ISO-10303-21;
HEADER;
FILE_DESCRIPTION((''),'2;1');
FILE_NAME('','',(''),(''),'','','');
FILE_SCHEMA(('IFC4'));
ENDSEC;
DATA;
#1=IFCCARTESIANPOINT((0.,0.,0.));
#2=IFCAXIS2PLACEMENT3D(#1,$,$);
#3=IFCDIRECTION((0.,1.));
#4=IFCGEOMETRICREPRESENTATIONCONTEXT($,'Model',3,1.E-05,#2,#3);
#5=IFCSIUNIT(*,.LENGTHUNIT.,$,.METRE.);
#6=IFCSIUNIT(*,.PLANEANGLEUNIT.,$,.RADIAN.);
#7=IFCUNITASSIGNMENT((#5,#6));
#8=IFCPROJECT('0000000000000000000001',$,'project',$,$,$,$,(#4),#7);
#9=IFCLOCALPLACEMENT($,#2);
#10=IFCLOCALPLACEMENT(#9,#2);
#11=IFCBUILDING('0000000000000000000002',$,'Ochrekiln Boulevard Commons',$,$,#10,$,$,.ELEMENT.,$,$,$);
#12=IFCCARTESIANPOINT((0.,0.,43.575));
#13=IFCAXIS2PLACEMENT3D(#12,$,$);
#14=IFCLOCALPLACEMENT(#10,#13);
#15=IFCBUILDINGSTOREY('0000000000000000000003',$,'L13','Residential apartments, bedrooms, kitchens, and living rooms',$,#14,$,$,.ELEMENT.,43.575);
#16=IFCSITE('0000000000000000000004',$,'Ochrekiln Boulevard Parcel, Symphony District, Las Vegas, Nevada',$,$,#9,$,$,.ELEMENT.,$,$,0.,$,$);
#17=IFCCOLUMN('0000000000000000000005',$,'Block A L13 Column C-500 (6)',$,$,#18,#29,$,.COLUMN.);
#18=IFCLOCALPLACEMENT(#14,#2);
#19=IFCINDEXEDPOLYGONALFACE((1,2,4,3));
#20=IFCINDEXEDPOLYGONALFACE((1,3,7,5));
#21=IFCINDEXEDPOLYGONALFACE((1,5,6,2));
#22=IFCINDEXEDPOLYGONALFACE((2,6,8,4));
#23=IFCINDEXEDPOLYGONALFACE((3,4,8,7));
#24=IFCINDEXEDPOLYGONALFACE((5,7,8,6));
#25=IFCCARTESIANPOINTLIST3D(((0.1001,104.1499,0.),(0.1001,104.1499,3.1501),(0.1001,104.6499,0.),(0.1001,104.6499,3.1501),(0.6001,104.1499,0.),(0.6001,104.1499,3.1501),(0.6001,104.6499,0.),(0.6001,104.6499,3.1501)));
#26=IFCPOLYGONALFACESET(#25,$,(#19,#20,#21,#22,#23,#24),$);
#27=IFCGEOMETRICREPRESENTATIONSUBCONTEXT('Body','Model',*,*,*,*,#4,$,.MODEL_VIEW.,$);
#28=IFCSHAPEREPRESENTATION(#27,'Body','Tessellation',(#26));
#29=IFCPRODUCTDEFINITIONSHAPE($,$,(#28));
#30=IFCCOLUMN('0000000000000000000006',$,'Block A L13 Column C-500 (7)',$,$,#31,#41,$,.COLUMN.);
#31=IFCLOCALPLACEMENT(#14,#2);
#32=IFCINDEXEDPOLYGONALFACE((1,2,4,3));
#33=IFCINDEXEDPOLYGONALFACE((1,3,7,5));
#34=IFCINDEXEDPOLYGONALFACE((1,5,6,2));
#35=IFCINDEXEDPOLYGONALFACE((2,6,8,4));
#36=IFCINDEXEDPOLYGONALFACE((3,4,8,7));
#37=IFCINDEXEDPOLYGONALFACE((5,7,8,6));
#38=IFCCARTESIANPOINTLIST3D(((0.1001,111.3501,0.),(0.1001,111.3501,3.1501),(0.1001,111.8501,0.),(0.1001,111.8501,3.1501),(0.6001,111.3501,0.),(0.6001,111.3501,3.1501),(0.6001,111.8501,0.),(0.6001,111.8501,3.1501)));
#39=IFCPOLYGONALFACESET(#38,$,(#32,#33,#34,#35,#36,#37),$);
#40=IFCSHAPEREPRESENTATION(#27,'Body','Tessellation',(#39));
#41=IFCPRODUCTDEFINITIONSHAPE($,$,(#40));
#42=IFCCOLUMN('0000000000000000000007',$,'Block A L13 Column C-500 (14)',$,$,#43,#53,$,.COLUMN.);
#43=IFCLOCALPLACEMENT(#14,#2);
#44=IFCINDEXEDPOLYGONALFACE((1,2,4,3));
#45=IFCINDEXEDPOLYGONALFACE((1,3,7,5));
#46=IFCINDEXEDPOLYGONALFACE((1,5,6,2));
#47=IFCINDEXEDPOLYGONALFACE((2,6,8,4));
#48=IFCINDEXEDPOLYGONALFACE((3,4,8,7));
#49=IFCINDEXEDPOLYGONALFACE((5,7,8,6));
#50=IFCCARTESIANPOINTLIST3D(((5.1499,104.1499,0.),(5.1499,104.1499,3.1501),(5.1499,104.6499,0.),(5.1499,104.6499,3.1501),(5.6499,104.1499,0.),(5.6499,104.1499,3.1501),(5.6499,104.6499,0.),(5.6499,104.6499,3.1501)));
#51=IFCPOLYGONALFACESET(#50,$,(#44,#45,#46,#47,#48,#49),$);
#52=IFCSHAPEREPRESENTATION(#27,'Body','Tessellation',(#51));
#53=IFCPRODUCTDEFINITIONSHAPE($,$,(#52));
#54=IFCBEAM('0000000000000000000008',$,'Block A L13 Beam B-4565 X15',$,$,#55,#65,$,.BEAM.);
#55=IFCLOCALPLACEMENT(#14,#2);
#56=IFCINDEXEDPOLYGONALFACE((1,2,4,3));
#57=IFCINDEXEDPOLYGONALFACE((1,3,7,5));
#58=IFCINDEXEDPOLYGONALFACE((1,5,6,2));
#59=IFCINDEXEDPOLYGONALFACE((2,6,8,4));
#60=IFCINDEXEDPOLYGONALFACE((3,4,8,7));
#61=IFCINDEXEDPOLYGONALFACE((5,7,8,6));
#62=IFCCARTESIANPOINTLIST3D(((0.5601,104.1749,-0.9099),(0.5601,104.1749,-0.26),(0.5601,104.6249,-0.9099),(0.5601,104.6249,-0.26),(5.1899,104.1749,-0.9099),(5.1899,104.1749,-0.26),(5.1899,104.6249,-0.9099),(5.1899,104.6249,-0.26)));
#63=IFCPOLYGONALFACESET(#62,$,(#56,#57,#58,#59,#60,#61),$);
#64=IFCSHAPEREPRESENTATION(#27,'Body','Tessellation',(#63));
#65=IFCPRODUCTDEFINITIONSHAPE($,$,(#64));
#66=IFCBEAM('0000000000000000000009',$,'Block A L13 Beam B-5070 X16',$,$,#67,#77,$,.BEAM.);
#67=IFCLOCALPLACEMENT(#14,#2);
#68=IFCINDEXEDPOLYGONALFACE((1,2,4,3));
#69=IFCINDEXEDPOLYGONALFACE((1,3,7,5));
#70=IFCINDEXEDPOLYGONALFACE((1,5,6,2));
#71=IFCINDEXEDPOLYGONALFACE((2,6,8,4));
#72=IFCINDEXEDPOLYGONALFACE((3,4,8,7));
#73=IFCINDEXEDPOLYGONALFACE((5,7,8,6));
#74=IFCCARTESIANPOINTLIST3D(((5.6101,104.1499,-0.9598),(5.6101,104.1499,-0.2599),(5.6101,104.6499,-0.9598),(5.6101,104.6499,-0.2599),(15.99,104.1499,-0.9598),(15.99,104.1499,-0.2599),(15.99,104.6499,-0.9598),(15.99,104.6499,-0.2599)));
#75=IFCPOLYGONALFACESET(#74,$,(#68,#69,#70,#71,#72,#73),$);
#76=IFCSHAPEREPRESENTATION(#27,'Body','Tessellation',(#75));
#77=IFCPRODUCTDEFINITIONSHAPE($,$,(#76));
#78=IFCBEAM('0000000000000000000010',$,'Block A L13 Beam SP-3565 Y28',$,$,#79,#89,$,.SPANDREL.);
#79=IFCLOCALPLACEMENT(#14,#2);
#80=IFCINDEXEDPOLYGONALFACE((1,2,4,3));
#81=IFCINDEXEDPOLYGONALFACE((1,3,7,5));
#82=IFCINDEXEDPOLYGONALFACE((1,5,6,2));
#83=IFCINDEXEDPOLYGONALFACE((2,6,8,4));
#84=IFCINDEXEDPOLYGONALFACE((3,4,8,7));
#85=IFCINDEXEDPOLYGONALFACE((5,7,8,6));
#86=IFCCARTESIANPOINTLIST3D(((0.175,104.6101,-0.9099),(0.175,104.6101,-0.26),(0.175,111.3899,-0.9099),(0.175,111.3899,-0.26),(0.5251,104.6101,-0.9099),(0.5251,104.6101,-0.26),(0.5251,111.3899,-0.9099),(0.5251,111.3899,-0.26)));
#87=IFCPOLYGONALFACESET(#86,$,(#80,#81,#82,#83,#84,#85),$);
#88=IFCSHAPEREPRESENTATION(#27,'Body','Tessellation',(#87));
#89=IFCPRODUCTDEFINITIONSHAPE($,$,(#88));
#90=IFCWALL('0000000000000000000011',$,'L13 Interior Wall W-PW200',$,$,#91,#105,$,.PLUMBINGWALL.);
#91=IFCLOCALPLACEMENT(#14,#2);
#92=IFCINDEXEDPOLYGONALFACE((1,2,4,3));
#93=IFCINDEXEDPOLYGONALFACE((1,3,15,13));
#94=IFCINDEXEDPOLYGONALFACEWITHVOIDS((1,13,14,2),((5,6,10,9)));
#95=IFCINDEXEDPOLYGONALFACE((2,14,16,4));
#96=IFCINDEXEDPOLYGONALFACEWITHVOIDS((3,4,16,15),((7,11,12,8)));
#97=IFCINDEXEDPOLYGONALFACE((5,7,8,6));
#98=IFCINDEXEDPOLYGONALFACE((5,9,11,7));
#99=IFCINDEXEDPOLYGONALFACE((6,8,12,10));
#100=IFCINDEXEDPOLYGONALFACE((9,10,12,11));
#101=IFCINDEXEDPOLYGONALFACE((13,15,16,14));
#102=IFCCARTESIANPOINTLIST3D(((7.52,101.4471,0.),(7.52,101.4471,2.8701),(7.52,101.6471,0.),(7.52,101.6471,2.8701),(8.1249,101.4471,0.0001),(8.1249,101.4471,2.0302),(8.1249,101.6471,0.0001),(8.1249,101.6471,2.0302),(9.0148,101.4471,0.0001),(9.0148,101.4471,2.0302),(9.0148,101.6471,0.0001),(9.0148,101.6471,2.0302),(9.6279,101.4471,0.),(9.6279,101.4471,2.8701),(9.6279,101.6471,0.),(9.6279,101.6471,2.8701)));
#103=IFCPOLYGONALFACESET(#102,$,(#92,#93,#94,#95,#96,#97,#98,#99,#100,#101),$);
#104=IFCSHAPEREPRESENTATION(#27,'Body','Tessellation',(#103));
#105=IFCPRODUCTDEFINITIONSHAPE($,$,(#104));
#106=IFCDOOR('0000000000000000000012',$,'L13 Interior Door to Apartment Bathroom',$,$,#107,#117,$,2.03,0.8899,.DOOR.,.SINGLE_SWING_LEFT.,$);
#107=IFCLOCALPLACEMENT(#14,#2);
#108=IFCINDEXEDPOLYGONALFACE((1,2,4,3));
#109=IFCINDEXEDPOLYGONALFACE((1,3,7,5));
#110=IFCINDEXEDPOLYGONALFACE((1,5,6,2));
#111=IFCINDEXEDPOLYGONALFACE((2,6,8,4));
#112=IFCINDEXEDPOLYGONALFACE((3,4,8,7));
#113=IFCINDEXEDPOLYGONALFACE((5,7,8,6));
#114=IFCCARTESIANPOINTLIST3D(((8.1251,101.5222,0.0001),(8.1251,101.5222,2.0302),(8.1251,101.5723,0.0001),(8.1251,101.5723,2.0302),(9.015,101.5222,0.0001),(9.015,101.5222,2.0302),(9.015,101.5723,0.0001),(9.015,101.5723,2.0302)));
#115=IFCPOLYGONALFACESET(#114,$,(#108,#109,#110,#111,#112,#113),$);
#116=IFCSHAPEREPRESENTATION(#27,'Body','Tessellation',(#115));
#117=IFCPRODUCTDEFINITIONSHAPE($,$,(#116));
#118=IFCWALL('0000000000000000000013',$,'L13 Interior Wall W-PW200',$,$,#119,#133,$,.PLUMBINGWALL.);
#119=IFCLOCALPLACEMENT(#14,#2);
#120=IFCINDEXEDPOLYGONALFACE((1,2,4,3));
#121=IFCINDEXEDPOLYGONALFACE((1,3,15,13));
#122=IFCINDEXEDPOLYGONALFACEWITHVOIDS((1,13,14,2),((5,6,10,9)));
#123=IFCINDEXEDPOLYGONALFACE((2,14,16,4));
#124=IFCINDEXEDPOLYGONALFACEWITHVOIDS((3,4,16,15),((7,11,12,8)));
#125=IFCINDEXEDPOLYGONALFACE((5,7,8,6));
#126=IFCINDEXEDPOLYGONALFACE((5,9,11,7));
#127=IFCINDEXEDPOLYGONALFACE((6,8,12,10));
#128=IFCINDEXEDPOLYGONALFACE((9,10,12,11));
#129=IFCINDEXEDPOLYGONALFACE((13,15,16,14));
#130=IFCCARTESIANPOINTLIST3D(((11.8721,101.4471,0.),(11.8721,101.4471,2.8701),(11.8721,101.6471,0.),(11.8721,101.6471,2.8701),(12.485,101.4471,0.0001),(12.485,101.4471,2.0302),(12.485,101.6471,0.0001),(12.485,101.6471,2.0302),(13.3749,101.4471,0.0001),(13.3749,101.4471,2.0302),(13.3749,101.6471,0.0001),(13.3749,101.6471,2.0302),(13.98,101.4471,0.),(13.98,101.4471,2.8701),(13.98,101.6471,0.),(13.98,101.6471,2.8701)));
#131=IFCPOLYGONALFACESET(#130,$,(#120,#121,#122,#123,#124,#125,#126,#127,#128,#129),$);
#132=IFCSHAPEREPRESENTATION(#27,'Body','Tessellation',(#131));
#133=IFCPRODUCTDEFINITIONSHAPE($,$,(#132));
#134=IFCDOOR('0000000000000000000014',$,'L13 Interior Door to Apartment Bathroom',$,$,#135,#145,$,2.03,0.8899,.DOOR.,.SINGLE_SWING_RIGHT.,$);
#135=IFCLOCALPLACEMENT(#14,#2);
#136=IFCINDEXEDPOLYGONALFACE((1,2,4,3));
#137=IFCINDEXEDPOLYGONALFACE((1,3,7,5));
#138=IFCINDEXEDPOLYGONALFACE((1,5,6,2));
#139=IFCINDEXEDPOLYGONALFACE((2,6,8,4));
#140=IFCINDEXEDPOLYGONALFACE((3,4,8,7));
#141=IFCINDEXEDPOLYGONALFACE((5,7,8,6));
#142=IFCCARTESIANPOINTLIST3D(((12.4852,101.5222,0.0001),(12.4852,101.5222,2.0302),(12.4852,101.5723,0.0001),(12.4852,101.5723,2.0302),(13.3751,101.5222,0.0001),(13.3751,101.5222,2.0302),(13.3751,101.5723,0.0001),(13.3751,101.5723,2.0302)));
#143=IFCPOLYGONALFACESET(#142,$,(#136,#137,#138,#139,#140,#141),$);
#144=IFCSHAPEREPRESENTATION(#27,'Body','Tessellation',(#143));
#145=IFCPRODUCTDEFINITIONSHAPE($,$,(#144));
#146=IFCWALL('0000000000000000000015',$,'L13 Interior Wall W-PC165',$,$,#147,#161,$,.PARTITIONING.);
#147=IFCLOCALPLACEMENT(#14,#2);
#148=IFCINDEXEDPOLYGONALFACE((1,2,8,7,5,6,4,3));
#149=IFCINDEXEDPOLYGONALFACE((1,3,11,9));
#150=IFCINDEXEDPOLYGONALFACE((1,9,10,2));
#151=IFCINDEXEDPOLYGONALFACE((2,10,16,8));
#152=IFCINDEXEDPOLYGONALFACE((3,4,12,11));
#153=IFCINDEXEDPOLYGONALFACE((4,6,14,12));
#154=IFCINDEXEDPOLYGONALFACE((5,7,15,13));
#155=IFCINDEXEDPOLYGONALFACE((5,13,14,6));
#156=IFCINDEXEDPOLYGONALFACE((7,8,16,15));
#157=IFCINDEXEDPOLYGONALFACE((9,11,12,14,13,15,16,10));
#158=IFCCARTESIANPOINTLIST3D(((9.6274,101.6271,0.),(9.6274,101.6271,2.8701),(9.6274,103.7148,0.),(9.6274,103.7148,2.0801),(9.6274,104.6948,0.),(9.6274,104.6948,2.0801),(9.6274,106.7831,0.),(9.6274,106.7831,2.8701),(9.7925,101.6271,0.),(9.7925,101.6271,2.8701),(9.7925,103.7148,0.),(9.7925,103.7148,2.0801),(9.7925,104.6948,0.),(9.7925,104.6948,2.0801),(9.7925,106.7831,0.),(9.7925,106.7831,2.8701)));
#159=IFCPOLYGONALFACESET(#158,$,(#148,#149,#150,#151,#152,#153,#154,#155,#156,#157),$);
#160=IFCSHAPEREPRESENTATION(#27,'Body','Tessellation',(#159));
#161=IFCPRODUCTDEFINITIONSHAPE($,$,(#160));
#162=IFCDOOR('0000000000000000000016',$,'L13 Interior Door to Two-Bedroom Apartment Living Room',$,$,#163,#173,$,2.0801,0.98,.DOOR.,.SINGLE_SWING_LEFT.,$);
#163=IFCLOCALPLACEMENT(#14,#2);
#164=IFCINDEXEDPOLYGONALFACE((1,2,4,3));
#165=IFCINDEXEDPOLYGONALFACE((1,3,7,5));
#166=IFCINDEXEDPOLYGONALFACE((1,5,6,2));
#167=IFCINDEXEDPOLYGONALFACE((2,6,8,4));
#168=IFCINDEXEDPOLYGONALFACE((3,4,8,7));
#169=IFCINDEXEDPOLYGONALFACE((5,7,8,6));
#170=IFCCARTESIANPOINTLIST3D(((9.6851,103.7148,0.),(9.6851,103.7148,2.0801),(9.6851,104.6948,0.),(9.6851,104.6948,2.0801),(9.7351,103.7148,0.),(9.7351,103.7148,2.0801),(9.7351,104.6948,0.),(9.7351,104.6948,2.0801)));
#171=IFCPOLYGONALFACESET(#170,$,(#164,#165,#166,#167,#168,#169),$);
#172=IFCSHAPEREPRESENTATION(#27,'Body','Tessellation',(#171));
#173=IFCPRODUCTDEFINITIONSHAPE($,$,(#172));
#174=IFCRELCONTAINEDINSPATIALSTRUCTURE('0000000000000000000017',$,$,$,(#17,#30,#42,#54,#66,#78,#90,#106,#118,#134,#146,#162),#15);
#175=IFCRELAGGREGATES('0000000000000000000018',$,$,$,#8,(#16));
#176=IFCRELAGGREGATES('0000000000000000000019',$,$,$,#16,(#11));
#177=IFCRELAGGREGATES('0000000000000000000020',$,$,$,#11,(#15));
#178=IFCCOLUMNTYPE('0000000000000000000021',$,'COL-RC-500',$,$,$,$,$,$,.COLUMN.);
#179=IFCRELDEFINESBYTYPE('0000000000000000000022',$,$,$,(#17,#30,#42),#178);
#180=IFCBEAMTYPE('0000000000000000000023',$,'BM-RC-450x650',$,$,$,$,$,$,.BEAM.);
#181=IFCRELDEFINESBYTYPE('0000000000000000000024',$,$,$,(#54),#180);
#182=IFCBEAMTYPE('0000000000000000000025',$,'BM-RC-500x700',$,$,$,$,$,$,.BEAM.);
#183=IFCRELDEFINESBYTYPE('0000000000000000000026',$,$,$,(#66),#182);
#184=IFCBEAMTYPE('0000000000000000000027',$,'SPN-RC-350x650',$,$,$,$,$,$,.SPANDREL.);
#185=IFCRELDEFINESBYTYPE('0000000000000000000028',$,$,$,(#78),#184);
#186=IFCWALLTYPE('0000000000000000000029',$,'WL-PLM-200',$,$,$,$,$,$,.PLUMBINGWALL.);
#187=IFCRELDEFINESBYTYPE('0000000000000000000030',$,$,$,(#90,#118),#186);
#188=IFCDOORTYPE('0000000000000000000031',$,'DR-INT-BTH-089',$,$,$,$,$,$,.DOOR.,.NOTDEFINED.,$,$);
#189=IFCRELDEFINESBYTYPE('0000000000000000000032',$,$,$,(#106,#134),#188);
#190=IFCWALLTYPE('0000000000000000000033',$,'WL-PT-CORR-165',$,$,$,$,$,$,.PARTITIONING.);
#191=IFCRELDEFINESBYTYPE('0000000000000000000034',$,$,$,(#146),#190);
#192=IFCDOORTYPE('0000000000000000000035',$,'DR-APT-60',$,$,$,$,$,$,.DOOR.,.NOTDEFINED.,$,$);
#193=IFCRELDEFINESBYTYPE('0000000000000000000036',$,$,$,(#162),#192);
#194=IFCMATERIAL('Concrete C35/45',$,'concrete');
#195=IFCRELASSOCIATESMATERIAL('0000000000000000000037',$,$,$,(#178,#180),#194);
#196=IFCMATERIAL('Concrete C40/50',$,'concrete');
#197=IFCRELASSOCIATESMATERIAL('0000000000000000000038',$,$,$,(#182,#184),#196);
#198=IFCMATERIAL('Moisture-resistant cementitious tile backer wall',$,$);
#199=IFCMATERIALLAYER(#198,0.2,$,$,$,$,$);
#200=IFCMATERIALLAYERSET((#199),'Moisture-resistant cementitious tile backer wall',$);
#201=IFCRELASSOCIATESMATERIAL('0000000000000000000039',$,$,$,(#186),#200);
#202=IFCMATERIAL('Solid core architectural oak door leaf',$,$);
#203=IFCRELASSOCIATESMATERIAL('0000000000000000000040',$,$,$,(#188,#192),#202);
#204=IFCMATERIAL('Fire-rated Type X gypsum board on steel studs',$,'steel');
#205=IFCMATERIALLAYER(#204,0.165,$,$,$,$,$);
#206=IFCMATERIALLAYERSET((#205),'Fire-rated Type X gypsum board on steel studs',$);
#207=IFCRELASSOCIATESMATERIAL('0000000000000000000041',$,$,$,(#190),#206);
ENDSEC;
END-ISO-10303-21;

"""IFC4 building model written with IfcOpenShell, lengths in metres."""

from ifc_helpers import new_model, si_unit, direction, frame, frame_2d, origin, origin_2d, place, context, subcontext, project, spatial, rectangle, extrude, material, layer, layer_set, material_profile, profile_set, type_object, element, fill, save


model = new_model("IFC4")

# Units and contexts
model_context = context("Model", 3, precision=1e-05, world=origin(), true_north=direction((0.0, 1.0)))
body_context = subcontext(model_context, "Body", "Model", "MODEL_VIEW")
ifc_project = project(units=[si_unit("LENGTHUNIT", "METRE"), si_unit("PLANEANGLEUNIT", "RADIAN")], contexts=[model_context])

# Site, building, storey
site_placement = place(None, origin())
site = spatial("IfcSite", under=ifc_project, at=site_placement, Name="Ochrekiln Boulevard Parcel, Symphony District, Las Vegas, Nevada", CompositionType="ELEMENT", RefElevation=0.0)
building_placement = place(site_placement, origin())
building = spatial("IfcBuilding", under=site, at=building_placement, Name="Ochrekiln Boulevard Commons", CompositionType="ELEMENT")
storey_placement = place(building_placement, frame((0.0, 0.0, 43.575)))
storey = spatial("IfcBuildingStorey", under=building, at=storey_placement, Name="L13", Description="Residential apartments, bedrooms, kitchens, and living rooms", CompositionType="ELEMENT", Elevation=43.575)

# Columns
ifc_material_1 = material(Name="Concrete C35/45", Category="concrete")
ifc_material_profile_1 = material_profile(ifc_material_1, rectangle(XDim=0.5, YDim=0.5, at=origin_2d()), Name="RC-COL-500x500")
ifc_profile_set_1 = profile_set([ifc_material_profile_1], Name="Concrete C35/45")
column_type = type_object("IfcColumnType", Name="COL-RC-500", PredefinedType="COLUMN", material=ifc_profile_set_1)
for number, where, z_axis, x_axis, name in (
    (1, (0.3501, 104.3999, 0.0), (0.0, 0.0, 1.0), (1.0, 0.0, 0.0), "Block A L13 Column C-500 (6)"),
    (2, (0.3501, 111.6001, 0.0), (0.0, 0.0, 1.0), (1.0, 0.0, 0.0), "Block A L13 Column C-500 (7)"),
    (3, (5.3999, 104.3999, 0.0), (0.0, 0.0, 1.0), (1.0, 0.0, 0.0), "Block A L13 Column C-500 (14)"),
):
    element("IfcColumn", number, at=place(storey_placement, frame(where, z_axis=z_axis, x_axis=x_axis)), inside=storey, type_object=column_type, Name=name, PredefinedType="COLUMN", context=body_context, shape_type="SweptSolid", body=[
        extrude(rectangle(XDim=0.5, YDim=0.5, at=origin_2d()), origin(), (0.0, 0.0, 1.0), 3.1501),
    ])

# Beams
ifc_material_profile_2 = material_profile(ifc_material_1, rectangle(XDim=0.45, YDim=0.6499, at=origin_2d()), Name="RC-BM-450x650")
ifc_profile_set_2 = profile_set([ifc_material_profile_2], Name="Concrete C35/45")
beam_type_1 = type_object("IfcBeamType", Name="BM-RC-450x650", PredefinedType="BEAM", material=ifc_profile_set_2)
beam_1_placement = place(storey_placement, frame((0.5601, 104.3999, -0.585), z_axis=(1.0, 0.0, 0.0), x_axis=(0.0, 1.0, 0.0)))
element("IfcBeam", 4, at=beam_1_placement, inside=storey, type_object=beam_type_1, Name="Block A L13 Beam B-4565 X15", PredefinedType="BEAM", context=body_context, shape_type="SweptSolid", body=[
    extrude(rectangle(XDim=0.45, YDim=0.6499, at=origin_2d()), origin(), (0.0, 0.0, 1.0), 4.6299),
])
ifc_material_2 = material(Name="Concrete C40/50", Category="concrete")
ifc_material_profile_3 = material_profile(ifc_material_2, rectangle(XDim=0.5, YDim=0.7, at=origin_2d()), Name="RC-BM-500x700")
ifc_profile_set_3 = profile_set([ifc_material_profile_3], Name="Concrete C40/50")
beam_type_2 = type_object("IfcBeamType", Name="BM-RC-500x700", PredefinedType="BEAM", material=ifc_profile_set_3)
beam_2_placement = place(storey_placement, frame((5.6101, 104.3999, -0.6099), z_axis=(1.0, 0.0, 0.0), x_axis=(0.0, 1.0, 0.0)))
element("IfcBeam", 5, at=beam_2_placement, inside=storey, type_object=beam_type_2, Name="Block A L13 Beam B-5070 X16", PredefinedType="BEAM", context=body_context, shape_type="SweptSolid", body=[
    extrude(rectangle(XDim=0.5, YDim=0.7, at=origin_2d()), origin(), (0.0, 0.0, 1.0), 10.3799),
])
ifc_material_profile_4 = material_profile(ifc_material_2, rectangle(XDim=0.3501, YDim=0.6499, at=origin_2d()), Name="RC-SPN-350x650")
ifc_profile_set_4 = profile_set([ifc_material_profile_4], Name="Concrete C40/50")
beam_type_3 = type_object("IfcBeamType", Name="SPN-RC-350x650", PredefinedType="SPANDREL", material=ifc_profile_set_4)
beam_3_placement = place(storey_placement, frame((0.3501, 104.6101, -0.585), z_axis=(0.0, 1.0, 0.0), x_axis=(-1.0, 0.0, 0.0)))
element("IfcBeam", 6, at=beam_3_placement, inside=storey, type_object=beam_type_3, Name="Block A L13 Beam SP-3565 Y28", PredefinedType="SPANDREL", context=body_context, shape_type="SweptSolid", body=[
    extrude(rectangle(XDim=0.3501, YDim=0.6499, at=origin_2d()), origin(), (0.0, 0.0, 1.0), 6.7798),
])

# Walls, openings, doors
ifc_material_3 = material(Name="Moisture-resistant cementitious tile backer wall")
ifc_layer_1 = layer(ifc_material_3, 0.2)
ifc_layer_set_1 = layer_set([ifc_layer_1], Name="Moisture-resistant cementitious tile backer wall")
wall_type_1 = type_object("IfcWallType", Name="WL-PLM-200", PredefinedType="PLUMBINGWALL", material=ifc_layer_set_1)
wall_1_placement = place(storey_placement, frame((7.52, 101.5471, 0.0), z_axis=(0.0, 0.0, 1.0), x_axis=(1.0, 0.0, 0.0)))
wall_1 = element("IfcWall", 7, at=wall_1_placement, inside=storey, type_object=wall_type_1, Name="L13 Interior Wall W-PW200", PredefinedType="PLUMBINGWALL", context=body_context, shape_type="SweptSolid", body=[
    extrude(rectangle(XDim=2.1079, YDim=0.2, at=frame_2d((1.054, 0.0))), origin(), (0.0, 0.0, 1.0), 2.8701),
])
opening_1_placement = place(wall_1_placement, frame((0.605, 0.0, 0.0)))
opening_1 = element("IfcOpeningElement", 8, at=opening_1_placement, cuts=wall_1, PredefinedType="OPENING", context=body_context, shape_type="SweptSolid", body=[
    extrude(rectangle(XDim=0.8899, YDim=2.03, at=frame_2d((0.4448, 1.0151))), frame((0.0, 0.1099, 0.0), z_axis=(0.0, -1.0, 0.0), x_axis=(1.0, 0.0, 0.0)), (0.0, 0.0, 1.0), 0.22),
])
ifc_material_4 = material(Name="Solid core architectural oak door leaf")
door_type_1 = type_object("IfcDoorType", Name="DR-INT-BTH-089", OperationType="NOTDEFINED", PredefinedType="DOOR", material=ifc_material_4)
door_1_placement = place(opening_1_placement, frame((0.8899, 0.0, 0.0), z_axis=(0.0, 0.0, 1.0), x_axis=(-1.0, 0.0, 0.0)))
door_1 = element("IfcDoor", 9, at=door_1_placement, inside=storey, type_object=door_type_1, Name="L13 Interior Door to Apartment Bathroom", OperationType="SINGLE_SWING_LEFT", OverallHeight=2.03, OverallWidth=0.8899, PredefinedType="DOOR", context=body_context, shape_type="SweptSolid", body=[
    extrude(rectangle(XDim=0.8899, YDim=2.03, at=frame_2d((0.4448, 1.0151))), frame((0.0, 0.0249, 0.0), z_axis=(0.0, -1.0, 0.0), x_axis=(1.0, 0.0, 0.0)), (0.0, 0.0, 1.0), 0.05),
])
fill(opening_1, door_1)
wall_2_placement = place(storey_placement, frame((11.8721, 101.5471, 0.0), z_axis=(0.0, 0.0, 1.0), x_axis=(1.0, 0.0, 0.0)))
wall_2 = element("IfcWall", 10, at=wall_2_placement, inside=storey, type_object=wall_type_1, Name="L13 Interior Wall W-PW200", PredefinedType="PLUMBINGWALL", context=body_context, shape_type="SweptSolid", body=[
    extrude(rectangle(XDim=2.1079, YDim=0.2, at=frame_2d((1.054, 0.0))), origin(), (0.0, 0.0, 1.0), 2.8701),
])
opening_2_placement = place(wall_2_placement, frame((0.613, 0.0, 0.0)))
opening_2 = element("IfcOpeningElement", 11, at=opening_2_placement, cuts=wall_2, PredefinedType="OPENING", context=body_context, shape_type="SweptSolid", body=[
    extrude(rectangle(XDim=0.8899, YDim=2.03, at=frame_2d((0.4448, 1.0151))), frame((0.0, 0.1099, 0.0), z_axis=(0.0, -1.0, 0.0), x_axis=(1.0, 0.0, 0.0)), (0.0, 0.0, 1.0), 0.22),
])
door_2_placement = place(opening_2_placement, frame((0.8899, 0.0, 0.0), z_axis=(0.0, 0.0, 1.0), x_axis=(-1.0, 0.0, 0.0)))
door_2 = element("IfcDoor", 12, at=door_2_placement, inside=storey, type_object=door_type_1, Name="L13 Interior Door to Apartment Bathroom", OperationType="SINGLE_SWING_RIGHT", OverallHeight=2.03, OverallWidth=0.8899, PredefinedType="DOOR", context=body_context, shape_type="SweptSolid", body=[
    extrude(rectangle(XDim=0.8899, YDim=2.03, at=frame_2d((0.4448, 1.0151))), frame((0.0, 0.0249, 0.0), z_axis=(0.0, -1.0, 0.0), x_axis=(1.0, 0.0, 0.0)), (0.0, 0.0, 1.0), 0.05),
])
fill(opening_2, door_2)
ifc_material_5 = material(Name="Fire-rated Type X gypsum board on steel studs", Category="steel")
ifc_layer_2 = layer(ifc_material_5, 0.165)
ifc_layer_set_2 = layer_set([ifc_layer_2], Name="Fire-rated Type X gypsum board on steel studs")
wall_type_2 = type_object("IfcWallType", Name="WL-PT-CORR-165", PredefinedType="PARTITIONING", material=ifc_layer_set_2)
wall_3_placement = place(storey_placement, frame((9.71, 101.627, 0.0), z_axis=(0.0, 0.0, 1.0), x_axis=(0.0, 1.0, 0.0)))
wall_3 = element("IfcWall", 13, at=wall_3_placement, inside=storey, type_object=wall_type_2, Name="L13 Interior Wall W-PC165", PredefinedType="PARTITIONING", context=body_context, shape_type="SweptSolid", body=[
    extrude(rectangle(XDim=5.156, YDim=0.165, at=frame_2d((2.5781, 0.0))), origin(), (0.0, 0.0, 1.0), 2.8701),
])
opening_3_placement = place(wall_3_placement, frame((2.0879, 0.0, 0.0)))
opening_3 = element("IfcOpeningElement", 14, at=opening_3_placement, cuts=wall_3, PredefinedType="OPENING", context=body_context, shape_type="SweptSolid", body=[
    extrude(rectangle(XDim=0.98, YDim=2.0801, at=frame_2d((0.49, 1.04))), frame((0.0, 0.0925, 0.0), z_axis=(0.0, -1.0, 0.0), x_axis=(1.0, 0.0, 0.0)), (0.0, 0.0, 1.0), 0.1851),
])
door_type_2 = type_object("IfcDoorType", Name="DR-APT-60", OperationType="NOTDEFINED", PredefinedType="DOOR", material=ifc_material_4)
door_3_placement = place(opening_3_placement, origin())
door_3 = element("IfcDoor", 15, at=door_3_placement, inside=storey, type_object=door_type_2, Name="L13 Interior Door to Two-Bedroom Apartment Living Room", OperationType="SINGLE_SWING_LEFT", OverallHeight=2.0801, OverallWidth=0.98, PredefinedType="DOOR", context=body_context, shape_type="SweptSolid", body=[
    extrude(rectangle(XDim=0.98, YDim=2.0801, at=frame_2d((0.49, 1.04))), frame((0.0, 0.0249, 0.0), z_axis=(0.0, -1.0, 0.0), x_axis=(1.0, 0.0, 0.0)), (0.0, 0.0, 1.0), 0.05),
])
fill(opening_3, door_3)

save(model, "model.ifc")
